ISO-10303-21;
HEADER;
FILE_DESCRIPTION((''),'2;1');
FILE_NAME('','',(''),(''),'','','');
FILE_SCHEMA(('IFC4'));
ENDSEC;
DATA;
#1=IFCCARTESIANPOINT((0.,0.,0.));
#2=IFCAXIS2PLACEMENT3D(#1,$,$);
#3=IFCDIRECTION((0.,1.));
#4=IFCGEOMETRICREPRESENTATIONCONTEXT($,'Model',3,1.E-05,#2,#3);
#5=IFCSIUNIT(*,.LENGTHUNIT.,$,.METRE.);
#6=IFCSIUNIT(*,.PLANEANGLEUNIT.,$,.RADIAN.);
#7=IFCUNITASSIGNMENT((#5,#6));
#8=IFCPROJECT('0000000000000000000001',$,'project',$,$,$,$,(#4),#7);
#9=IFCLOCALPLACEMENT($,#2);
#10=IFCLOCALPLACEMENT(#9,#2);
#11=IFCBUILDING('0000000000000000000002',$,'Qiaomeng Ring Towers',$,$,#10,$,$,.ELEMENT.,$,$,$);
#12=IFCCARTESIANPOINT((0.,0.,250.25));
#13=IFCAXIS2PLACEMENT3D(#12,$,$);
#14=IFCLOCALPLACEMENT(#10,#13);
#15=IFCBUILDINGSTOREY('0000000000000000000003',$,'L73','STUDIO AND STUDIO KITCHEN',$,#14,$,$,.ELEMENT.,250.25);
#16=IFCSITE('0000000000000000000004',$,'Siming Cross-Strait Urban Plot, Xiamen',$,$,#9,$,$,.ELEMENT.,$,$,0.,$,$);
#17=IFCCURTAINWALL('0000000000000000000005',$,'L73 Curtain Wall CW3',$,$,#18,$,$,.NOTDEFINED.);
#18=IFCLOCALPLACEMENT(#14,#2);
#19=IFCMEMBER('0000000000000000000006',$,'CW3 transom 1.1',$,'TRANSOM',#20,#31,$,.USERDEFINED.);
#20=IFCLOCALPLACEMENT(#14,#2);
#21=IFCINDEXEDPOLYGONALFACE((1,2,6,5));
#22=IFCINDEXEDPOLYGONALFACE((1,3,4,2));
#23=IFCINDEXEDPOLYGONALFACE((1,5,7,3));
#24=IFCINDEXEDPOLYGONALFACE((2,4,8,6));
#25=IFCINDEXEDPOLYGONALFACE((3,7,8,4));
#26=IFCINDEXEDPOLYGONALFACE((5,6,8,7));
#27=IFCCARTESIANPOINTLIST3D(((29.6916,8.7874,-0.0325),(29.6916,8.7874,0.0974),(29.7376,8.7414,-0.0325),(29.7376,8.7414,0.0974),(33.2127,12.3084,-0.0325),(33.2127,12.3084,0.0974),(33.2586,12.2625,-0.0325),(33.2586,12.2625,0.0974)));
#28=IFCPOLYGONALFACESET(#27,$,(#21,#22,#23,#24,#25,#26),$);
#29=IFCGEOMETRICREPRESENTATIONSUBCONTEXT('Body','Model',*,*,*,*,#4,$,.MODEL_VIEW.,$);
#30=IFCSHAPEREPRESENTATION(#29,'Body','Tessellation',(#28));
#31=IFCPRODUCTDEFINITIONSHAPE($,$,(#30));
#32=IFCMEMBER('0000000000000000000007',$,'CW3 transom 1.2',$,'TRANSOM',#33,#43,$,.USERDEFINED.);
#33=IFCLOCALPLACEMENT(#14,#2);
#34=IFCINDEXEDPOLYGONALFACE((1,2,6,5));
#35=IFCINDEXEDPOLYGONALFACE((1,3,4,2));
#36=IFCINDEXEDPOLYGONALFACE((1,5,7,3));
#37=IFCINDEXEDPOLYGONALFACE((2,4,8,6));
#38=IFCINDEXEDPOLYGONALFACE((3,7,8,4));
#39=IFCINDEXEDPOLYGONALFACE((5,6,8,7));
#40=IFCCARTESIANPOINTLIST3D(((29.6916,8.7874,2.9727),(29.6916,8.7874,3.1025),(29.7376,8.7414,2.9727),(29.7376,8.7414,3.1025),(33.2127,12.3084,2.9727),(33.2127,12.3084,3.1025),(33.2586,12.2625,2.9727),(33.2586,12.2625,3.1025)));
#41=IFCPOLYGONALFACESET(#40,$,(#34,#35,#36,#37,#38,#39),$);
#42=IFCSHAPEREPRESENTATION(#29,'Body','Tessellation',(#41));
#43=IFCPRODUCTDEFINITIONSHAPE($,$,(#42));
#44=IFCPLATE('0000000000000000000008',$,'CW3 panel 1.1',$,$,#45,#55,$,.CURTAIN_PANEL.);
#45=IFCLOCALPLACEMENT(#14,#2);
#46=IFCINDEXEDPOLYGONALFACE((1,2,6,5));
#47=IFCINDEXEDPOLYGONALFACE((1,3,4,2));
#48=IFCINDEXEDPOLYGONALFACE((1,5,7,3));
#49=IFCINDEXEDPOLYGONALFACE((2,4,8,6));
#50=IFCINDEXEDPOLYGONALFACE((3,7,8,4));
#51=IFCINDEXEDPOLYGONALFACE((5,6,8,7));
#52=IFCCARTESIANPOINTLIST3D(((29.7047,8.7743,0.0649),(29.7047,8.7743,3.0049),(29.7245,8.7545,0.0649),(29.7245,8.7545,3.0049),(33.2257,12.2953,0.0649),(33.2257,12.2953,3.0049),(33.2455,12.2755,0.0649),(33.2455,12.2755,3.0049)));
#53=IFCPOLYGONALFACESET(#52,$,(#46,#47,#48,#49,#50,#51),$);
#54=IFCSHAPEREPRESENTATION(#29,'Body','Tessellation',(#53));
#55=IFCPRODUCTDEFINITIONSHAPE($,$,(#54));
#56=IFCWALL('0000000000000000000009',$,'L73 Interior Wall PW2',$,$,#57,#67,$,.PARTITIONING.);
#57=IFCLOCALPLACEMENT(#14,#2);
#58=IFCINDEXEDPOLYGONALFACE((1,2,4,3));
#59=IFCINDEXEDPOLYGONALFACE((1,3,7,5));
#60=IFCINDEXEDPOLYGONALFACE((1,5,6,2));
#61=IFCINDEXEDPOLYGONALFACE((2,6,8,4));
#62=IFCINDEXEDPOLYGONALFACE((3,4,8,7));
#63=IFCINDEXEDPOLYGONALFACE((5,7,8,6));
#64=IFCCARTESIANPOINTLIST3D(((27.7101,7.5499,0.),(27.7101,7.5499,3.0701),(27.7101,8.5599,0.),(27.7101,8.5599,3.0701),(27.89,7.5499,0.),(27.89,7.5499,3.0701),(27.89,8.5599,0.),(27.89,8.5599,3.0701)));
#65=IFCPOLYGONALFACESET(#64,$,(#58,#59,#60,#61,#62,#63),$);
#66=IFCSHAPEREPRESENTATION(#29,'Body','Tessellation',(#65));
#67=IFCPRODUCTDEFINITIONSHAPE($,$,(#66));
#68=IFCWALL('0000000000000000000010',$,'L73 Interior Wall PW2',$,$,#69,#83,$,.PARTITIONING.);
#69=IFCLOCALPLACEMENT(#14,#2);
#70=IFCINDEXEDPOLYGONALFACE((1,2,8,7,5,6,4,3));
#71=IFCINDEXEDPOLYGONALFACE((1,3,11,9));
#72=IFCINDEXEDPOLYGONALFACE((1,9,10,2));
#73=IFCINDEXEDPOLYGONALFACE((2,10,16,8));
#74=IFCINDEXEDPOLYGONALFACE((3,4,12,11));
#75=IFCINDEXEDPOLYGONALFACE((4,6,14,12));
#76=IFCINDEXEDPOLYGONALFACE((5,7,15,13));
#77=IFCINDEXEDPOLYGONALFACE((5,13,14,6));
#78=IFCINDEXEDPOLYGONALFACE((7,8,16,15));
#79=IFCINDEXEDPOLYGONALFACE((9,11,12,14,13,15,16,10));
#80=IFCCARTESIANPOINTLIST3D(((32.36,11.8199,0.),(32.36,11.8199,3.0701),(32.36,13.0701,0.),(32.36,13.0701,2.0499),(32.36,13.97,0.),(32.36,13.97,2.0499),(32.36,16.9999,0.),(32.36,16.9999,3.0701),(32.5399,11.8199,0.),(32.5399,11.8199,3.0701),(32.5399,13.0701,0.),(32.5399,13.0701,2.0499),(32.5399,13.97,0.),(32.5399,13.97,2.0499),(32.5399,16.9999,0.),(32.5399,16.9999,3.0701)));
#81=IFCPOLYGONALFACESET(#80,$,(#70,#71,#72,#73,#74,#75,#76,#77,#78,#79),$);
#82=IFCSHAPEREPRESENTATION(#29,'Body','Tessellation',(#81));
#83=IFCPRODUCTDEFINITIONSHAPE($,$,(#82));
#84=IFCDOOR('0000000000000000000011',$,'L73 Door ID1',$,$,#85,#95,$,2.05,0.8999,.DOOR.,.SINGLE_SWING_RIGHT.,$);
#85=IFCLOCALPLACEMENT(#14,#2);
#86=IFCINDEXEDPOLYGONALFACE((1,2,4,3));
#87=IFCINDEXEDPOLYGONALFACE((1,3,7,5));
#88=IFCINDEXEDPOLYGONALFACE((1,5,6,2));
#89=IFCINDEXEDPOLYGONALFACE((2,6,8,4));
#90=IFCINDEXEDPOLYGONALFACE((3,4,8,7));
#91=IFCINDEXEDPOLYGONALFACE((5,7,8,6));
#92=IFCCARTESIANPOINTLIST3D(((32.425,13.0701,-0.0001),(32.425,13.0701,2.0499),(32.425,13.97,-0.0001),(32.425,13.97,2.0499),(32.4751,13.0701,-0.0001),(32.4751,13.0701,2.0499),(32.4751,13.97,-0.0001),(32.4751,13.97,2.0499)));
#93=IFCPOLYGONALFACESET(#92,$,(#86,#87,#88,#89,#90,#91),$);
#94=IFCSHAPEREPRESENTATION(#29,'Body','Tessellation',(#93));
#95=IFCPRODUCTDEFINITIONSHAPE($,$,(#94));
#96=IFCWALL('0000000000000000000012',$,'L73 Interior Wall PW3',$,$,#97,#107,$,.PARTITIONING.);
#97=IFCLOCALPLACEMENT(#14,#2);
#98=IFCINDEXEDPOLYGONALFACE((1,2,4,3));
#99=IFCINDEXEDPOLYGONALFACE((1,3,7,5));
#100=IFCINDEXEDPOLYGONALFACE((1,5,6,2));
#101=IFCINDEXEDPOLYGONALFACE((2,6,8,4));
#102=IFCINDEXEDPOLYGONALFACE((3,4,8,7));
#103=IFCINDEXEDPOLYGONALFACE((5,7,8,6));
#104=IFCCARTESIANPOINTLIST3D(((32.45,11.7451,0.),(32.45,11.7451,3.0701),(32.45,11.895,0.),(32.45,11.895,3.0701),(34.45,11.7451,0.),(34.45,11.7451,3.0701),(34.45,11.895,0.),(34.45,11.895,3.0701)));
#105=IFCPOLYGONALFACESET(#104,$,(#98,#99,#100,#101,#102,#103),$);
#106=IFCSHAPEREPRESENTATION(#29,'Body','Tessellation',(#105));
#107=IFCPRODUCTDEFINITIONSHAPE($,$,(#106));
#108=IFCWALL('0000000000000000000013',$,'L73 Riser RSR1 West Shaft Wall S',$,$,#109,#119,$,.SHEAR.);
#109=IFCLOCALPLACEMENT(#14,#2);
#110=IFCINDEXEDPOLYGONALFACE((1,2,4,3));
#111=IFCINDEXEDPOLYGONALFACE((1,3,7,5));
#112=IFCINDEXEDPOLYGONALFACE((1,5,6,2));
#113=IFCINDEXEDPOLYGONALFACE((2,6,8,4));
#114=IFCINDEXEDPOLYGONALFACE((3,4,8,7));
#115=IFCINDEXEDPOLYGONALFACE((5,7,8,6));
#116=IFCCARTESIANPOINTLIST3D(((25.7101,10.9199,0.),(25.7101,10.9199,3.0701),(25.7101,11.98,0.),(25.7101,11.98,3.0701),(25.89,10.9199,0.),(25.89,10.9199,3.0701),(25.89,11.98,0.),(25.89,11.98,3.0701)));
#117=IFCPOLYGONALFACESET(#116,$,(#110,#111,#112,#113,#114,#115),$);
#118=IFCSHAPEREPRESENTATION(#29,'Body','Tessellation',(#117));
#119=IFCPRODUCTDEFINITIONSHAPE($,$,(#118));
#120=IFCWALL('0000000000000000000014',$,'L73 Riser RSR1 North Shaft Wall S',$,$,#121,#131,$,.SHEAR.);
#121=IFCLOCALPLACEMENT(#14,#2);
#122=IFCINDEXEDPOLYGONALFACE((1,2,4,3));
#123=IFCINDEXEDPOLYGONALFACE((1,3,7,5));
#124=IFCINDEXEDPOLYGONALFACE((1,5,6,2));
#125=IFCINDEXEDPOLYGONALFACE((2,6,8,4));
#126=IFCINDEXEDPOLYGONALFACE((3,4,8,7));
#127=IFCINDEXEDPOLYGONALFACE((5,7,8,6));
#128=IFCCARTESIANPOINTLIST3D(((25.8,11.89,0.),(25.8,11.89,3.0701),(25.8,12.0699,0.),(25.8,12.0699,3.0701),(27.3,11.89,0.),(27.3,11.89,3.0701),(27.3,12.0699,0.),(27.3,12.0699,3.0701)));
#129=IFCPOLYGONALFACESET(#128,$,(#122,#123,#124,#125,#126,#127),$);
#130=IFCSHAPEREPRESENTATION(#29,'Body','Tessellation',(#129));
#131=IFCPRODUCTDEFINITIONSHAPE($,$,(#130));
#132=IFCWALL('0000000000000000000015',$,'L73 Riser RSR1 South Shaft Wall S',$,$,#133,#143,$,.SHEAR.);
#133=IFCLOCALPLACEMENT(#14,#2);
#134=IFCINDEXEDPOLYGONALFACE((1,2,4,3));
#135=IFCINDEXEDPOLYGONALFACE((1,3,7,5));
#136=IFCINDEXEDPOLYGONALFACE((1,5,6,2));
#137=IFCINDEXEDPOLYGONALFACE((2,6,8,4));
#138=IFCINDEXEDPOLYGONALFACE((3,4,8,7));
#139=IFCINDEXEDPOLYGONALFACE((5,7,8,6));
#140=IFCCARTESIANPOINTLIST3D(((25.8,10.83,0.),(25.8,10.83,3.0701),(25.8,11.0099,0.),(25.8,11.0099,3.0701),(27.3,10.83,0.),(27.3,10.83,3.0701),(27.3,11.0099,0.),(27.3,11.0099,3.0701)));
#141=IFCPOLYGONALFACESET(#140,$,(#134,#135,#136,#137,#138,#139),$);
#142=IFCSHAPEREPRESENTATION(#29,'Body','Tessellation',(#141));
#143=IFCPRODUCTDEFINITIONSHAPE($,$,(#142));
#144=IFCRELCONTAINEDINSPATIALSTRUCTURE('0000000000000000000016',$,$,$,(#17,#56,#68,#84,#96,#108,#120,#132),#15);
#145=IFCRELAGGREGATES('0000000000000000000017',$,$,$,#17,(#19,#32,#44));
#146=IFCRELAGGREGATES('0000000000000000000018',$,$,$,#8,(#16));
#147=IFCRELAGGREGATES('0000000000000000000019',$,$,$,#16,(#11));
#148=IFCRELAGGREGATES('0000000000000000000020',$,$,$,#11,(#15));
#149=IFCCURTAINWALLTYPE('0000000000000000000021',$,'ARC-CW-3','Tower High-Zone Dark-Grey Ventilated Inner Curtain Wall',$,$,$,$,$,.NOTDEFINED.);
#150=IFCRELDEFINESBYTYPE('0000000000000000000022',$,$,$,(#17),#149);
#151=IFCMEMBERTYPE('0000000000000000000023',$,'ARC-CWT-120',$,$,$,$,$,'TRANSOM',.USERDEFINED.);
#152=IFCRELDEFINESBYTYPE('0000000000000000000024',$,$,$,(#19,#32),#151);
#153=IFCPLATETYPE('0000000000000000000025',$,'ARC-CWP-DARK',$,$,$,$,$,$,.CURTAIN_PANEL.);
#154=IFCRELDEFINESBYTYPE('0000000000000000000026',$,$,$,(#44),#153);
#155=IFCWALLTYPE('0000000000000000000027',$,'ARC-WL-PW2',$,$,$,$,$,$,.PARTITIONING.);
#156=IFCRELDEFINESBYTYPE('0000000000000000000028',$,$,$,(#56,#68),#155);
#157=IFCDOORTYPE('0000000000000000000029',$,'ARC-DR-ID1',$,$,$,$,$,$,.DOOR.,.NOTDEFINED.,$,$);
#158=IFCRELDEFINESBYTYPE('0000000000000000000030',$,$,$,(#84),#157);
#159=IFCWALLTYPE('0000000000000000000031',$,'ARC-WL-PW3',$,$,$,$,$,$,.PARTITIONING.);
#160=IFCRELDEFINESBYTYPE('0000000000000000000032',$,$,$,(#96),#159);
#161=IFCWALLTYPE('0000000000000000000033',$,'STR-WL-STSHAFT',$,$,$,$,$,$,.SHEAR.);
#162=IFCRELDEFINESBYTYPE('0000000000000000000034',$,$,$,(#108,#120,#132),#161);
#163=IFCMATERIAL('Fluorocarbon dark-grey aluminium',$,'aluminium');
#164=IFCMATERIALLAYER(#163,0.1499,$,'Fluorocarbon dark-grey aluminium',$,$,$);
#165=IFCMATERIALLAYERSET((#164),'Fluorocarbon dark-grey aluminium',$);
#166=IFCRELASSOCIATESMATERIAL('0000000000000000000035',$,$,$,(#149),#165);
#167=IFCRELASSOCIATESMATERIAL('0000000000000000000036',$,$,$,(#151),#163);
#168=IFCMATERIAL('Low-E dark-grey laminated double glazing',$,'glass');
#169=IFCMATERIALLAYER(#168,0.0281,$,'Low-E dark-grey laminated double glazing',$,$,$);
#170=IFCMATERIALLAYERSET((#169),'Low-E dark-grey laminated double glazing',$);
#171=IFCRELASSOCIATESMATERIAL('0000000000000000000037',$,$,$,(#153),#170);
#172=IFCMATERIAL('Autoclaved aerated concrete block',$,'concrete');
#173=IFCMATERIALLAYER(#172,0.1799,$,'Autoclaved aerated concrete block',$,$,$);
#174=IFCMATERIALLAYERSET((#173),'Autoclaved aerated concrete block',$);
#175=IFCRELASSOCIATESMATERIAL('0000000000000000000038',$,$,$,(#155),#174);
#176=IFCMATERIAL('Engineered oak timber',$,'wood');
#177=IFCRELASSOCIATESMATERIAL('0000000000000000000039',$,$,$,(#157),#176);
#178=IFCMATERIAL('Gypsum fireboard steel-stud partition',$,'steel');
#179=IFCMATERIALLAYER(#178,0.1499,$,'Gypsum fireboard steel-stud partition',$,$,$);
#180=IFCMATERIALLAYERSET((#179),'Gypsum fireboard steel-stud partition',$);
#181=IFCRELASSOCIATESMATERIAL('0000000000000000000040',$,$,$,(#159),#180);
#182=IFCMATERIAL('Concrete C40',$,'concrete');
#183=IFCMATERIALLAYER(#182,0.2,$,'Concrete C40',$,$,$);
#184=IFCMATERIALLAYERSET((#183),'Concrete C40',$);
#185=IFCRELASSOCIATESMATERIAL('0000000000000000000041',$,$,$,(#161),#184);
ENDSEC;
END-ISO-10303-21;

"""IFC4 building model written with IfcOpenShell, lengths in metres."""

from ifc_helpers import new_model, si_unit, direction, frame, frame_2d, origin, origin_2d, place, context, subcontext, project, spatial, rectangle, extrude, source, transform, mapped, material, layer, layer_set, material_profile, profile_set, type_object, element, fill, aggregate, save


model = new_model("IFC4")

# Units and contexts
model_context = context("Model", 3, precision=1e-05, world=origin(), true_north=direction((0.0, 1.0)))
body_context = subcontext(model_context, "Body", "Model", "MODEL_VIEW")
ifc_project = project(units=[si_unit("LENGTHUNIT", "METRE"), si_unit("PLANEANGLEUNIT", "RADIAN")], contexts=[model_context])

# Site, building, storey
site_placement = place(None, origin())
site = spatial("IfcSite", under=ifc_project, at=site_placement, Name="Siming Cross-Strait Urban Plot, Xiamen", CompositionType="ELEMENT", RefElevation=0.0)
building_placement = place(site_placement, origin())
building = spatial("IfcBuilding", under=site, at=building_placement, Name="Qiaomeng Ring Towers", CompositionType="ELEMENT")
storey_placement = place(building_placement, frame((0.0, 0.0, 250.25)))
storey = spatial("IfcBuildingStorey", under=building, at=storey_placement, Name="L73", Description="STUDIO AND STUDIO KITCHEN", CompositionType="ELEMENT", Elevation=250.25)

# Shared definitions
ifc_material_1 = material(Name="Concrete C40", Category="concrete")

# Curtain wall, members, plate
ifc_material_2 = material(Name="Fluorocarbon dark-grey aluminium", Category="aluminium")
ifc_layer_1 = layer(ifc_material_2, 0.1499, Name="Fluorocarbon dark-grey aluminium")
ifc_layer_set_1 = layer_set([ifc_layer_1], Name="Fluorocarbon dark-grey aluminium")
curtain_wall_type = type_object("IfcCurtainWallType", Name="ARC-CW-3", Description="Tower High-Zone Dark-Grey Ventilated Inner Curtain Wall", PredefinedType="NOTDEFINED", material=ifc_layer_set_1)
curtain_wall_placement = place(storey_placement, origin())
curtain_wall = element("IfcCurtainWall", 1, at=curtain_wall_placement, inside=storey, type_object=curtain_wall_type, Name="L73 Curtain Wall CW3", PredefinedType="NOTDEFINED")
ifc_material_profile_1 = material_profile(ifc_material_2, rectangle(XDim=0.0649, YDim=0.1299, at=origin_2d()), Name="ALU TRAN 65x130")
ifc_profile_set_1 = profile_set([ifc_material_profile_1], Name="Fluorocarbon dark-grey aluminium")
member_type_1 = type_object("IfcMemberType", Name="ARC-CWT-120", ElementType="TRANSOM", PredefinedType="USERDEFINED", material=ifc_profile_set_1)
shared_shape_1 = source(origin(), body_context, "Body", "SweptSolid", [
    extrude(rectangle(XDim=0.0649, YDim=0.1299, at=origin_2d()), origin(), (0.0, 0.0, 1.0), 4.9795),
])
member_1_placement = place(storey_placement, frame((29.7146, 8.7644, 0.0325), z_axis=(0.707107, 0.707107, 0.0), x_axis=(-0.707107, 0.707107, 0.0)))
member_1 = element("IfcMember", 2, at=member_1_placement, type_object=member_type_1, Name="CW3 transom 1.1", ObjectType="TRANSOM", PredefinedType="USERDEFINED", context=body_context, shape_type="MappedRepresentation", body=[
    mapped(shared_shape_1, transform((0.0, 0.0, 0.0), x_axis=(1.0, 0.0, 0.0), y_axis=(0.0, 1.0, 0.0), z_axis=(0.0, 0.0, 1.0), scale=1.0)),
])
member_2_placement = place(storey_placement, frame((29.7146, 8.7644, 3.0376), z_axis=(0.707107, 0.707107, 0.0), x_axis=(-0.707107, 0.707107, 0.0)))
member_2 = element("IfcMember", 3, at=member_2_placement, type_object=member_type_1, Name="CW3 transom 1.2", ObjectType="TRANSOM", PredefinedType="USERDEFINED", context=body_context, shape_type="MappedRepresentation", body=[
    mapped(shared_shape_1, transform((0.0, 0.0, 0.0), x_axis=(1.0, 0.0, 0.0), y_axis=(0.0, 1.0, 0.0), z_axis=(0.0, 0.0, 1.0), scale=1.0)),
])
ifc_material_3 = material(Name="Low-E dark-grey laminated double glazing", Category="glass")
ifc_layer_2 = layer(ifc_material_3, 0.0281, Name="Low-E dark-grey laminated double glazing")
ifc_layer_set_2 = layer_set([ifc_layer_2], Name="Low-E dark-grey laminated double glazing")
plate_type = type_object("IfcPlateType", Name="ARC-CWP-DARK", PredefinedType="CURTAIN_PANEL", material=ifc_layer_set_2)
shared_shape_2 = source(origin(), body_context, "Body", "SweptSolid", [
    extrude(rectangle(XDim=4.9795, YDim=0.0281, at=origin_2d()), origin(), (0.0, 0.0, 1.0), 2.9399),
])
plate_placement = place(storey_placement, frame((31.4751, 10.5249, 0.0649), z_axis=(0.0, 0.0, 1.0), x_axis=(0.707107, 0.707107, 0.0)))
plate = element("IfcPlate", 4, at=plate_placement, type_object=plate_type, Name="CW3 panel 1.1", PredefinedType="CURTAIN_PANEL", context=body_context, shape_type="MappedRepresentation", body=[
    mapped(shared_shape_2, transform((0.0, 0.0, 0.0), x_axis=(1.0, 0.0, 0.0), y_axis=(0.0, 1.0, 0.0), z_axis=(0.0, 0.0, 1.0), scale=1.0)),
])
aggregate(curtain_wall, [member_1, member_2, plate])

# Wall
ifc_material_4 = material(Name="Autoclaved aerated concrete block", Category="concrete")
ifc_layer_3 = layer(ifc_material_4, 0.1799, Name="Autoclaved aerated concrete block")
ifc_layer_set_3 = layer_set([ifc_layer_3], Name="Autoclaved aerated concrete block")
wall_type_1 = type_object("IfcWallType", Name="ARC-WL-PW2", PredefinedType="PARTITIONING", material=ifc_layer_set_3)
wall_1_placement = place(storey_placement, frame((27.8, 7.55, 0.0), z_axis=(0.0, 0.0, 1.0), x_axis=(0.0, 1.0, 0.0)))
element("IfcWall", 5, at=wall_1_placement, inside=storey, type_object=wall_type_1, Name="L73 Interior Wall PW2", PredefinedType="PARTITIONING", context=body_context, shape_type="SweptSolid", body=[
    extrude(rectangle(XDim=1.01, YDim=0.1799, at=frame_2d((0.5049, 0.0))), origin(), (0.0, 0.0, 1.0), 3.0701),
])

# Wall, opening, door
wall_2_placement = place(storey_placement, frame((32.45, 11.8201, 0.0), z_axis=(0.0, 0.0, 1.0), x_axis=(0.0, 1.0, 0.0)))
wall_2 = element("IfcWall", 6, at=wall_2_placement, inside=storey, type_object=wall_type_1, Name="L73 Interior Wall PW2", PredefinedType="PARTITIONING", context=body_context, shape_type="SweptSolid", body=[
    extrude(rectangle(XDim=5.1799, YDim=0.1799, at=frame_2d((2.5898, 0.0))), origin(), (0.0, 0.0, 1.0), 3.0701),
])
opening_1_placement = place(wall_2_placement, frame((1.25, 0.0, 0.0)))
opening_1 = element("IfcOpeningElement", 7, at=opening_1_placement, cuts=wall_2, PredefinedType="OPENING", context=body_context, shape_type="SweptSolid", body=[
    extrude(rectangle(XDim=0.8999, YDim=2.05, at=frame_2d((0.45, 1.0249))), frame((0.0, 0.0999, 0.0), z_axis=(0.0, -1.0, 0.0), x_axis=(1.0, 0.0, 0.0)), (0.0, 0.0, 1.0), 0.2),
])
ifc_material_5 = material(Name="Engineered oak timber", Category="wood")
door_type_1 = type_object("IfcDoorType", Name="ARC-DR-ID1", OperationType="NOTDEFINED", PredefinedType="DOOR", material=ifc_material_5)
shared_shape_3 = source(origin(), body_context, "Body", "SweptSolid", [
    extrude(rectangle(XDim=0.8999, YDim=2.05, at=frame_2d((0.45, 1.0249))), frame((0.0, 0.0249, 0.0), z_axis=(0.0, -1.0, 0.0), x_axis=(1.0, 0.0, 0.0)), (0.0, 0.0, 1.0), 0.05),
])
door_1_placement = place(opening_1_placement, origin())
door_1 = element("IfcDoor", 8, at=door_1_placement, inside=storey, type_object=door_type_1, Name="L73 Door ID1", OperationType="SINGLE_SWING_RIGHT", OverallHeight=2.05, OverallWidth=0.8999, PredefinedType="DOOR", context=body_context, shape_type="MappedRepresentation", body=[
    mapped(shared_shape_3, transform((0.0, 0.0, 0.0), x_axis=(1.0, 0.0, 0.0), y_axis=(0.0, 1.0, 0.0), z_axis=(0.0, 0.0, 1.0), scale=1.0)),
])
fill(opening_1, door_1)

# Walls
ifc_material_6 = material(Name="Gypsum fireboard steel-stud partition", Category="steel")
ifc_layer_4 = layer(ifc_material_6, 0.1499, Name="Gypsum fireboard steel-stud partition")
ifc_layer_set_4 = layer_set([ifc_layer_4], Name="Gypsum fireboard steel-stud partition")
wall_type_2 = type_object("IfcWallType", Name="ARC-WL-PW3", PredefinedType="PARTITIONING", material=ifc_layer_set_4)
wall_3_placement = place(storey_placement, frame((32.45, 11.8201, 0.0), z_axis=(0.0, 0.0, 1.0), x_axis=(1.0, 0.0, 0.0)))
element("IfcWall", 9, at=wall_3_placement, inside=storey, type_object=wall_type_2, Name="L73 Interior Wall PW3", PredefinedType="PARTITIONING", context=body_context, shape_type="SweptSolid", body=[
    extrude(rectangle(XDim=2.0, YDim=0.1499, at=frame_2d((1.0, 0.0))), origin(), (0.0, 0.0, 1.0), 3.0701),
])
ifc_layer_5 = layer(ifc_material_1, 0.2, Name="Concrete C40")
ifc_layer_set_5 = layer_set([ifc_layer_5], Name="Concrete C40")
wall_type_3 = type_object("IfcWallType", Name="STR-WL-STSHAFT", PredefinedType="SHEAR", material=ifc_layer_set_5)
wall_4_placement = place(storey_placement, frame((25.8, 10.9199, 0.0), z_axis=(0.0, 0.0, 1.0), x_axis=(0.0, 1.0, 0.0)))
element("IfcWall", 10, at=wall_4_placement, inside=storey, type_object=wall_type_3, Name="L73 Riser RSR1 West Shaft Wall S", PredefinedType="SHEAR", context=body_context, shape_type="SweptSolid", body=[
    extrude(rectangle(XDim=1.0601, YDim=0.1799, at=frame_2d((0.53, 0.0))), origin(), (0.0, 0.0, 1.0), 3.0701),
])
for number, where, z_axis, x_axis, name in (
    (11, (25.8, 11.98, 0.0), (0.0, 0.0, 1.0), (1.0, 0.0, 0.0), "L73 Riser RSR1 North Shaft Wall S"),
    (12, (25.8, 10.9199, 0.0), (0.0, 0.0, 1.0), (1.0, 0.0, 0.0), "L73 Riser RSR1 South Shaft Wall S"),
):
    element("IfcWall", number, at=place(storey_placement, frame(where, z_axis=z_axis, x_axis=x_axis)), inside=storey, type_object=wall_type_3, Name=name, PredefinedType="SHEAR", context=body_context, shape_type="SweptSolid", body=[
        extrude(rectangle(XDim=1.5, YDim=0.1799, at=frame_2d((0.75, 0.0))), origin(), (0.0, 0.0, 1.0), 3.0701),
    ])

save(model, "model.ifc")
